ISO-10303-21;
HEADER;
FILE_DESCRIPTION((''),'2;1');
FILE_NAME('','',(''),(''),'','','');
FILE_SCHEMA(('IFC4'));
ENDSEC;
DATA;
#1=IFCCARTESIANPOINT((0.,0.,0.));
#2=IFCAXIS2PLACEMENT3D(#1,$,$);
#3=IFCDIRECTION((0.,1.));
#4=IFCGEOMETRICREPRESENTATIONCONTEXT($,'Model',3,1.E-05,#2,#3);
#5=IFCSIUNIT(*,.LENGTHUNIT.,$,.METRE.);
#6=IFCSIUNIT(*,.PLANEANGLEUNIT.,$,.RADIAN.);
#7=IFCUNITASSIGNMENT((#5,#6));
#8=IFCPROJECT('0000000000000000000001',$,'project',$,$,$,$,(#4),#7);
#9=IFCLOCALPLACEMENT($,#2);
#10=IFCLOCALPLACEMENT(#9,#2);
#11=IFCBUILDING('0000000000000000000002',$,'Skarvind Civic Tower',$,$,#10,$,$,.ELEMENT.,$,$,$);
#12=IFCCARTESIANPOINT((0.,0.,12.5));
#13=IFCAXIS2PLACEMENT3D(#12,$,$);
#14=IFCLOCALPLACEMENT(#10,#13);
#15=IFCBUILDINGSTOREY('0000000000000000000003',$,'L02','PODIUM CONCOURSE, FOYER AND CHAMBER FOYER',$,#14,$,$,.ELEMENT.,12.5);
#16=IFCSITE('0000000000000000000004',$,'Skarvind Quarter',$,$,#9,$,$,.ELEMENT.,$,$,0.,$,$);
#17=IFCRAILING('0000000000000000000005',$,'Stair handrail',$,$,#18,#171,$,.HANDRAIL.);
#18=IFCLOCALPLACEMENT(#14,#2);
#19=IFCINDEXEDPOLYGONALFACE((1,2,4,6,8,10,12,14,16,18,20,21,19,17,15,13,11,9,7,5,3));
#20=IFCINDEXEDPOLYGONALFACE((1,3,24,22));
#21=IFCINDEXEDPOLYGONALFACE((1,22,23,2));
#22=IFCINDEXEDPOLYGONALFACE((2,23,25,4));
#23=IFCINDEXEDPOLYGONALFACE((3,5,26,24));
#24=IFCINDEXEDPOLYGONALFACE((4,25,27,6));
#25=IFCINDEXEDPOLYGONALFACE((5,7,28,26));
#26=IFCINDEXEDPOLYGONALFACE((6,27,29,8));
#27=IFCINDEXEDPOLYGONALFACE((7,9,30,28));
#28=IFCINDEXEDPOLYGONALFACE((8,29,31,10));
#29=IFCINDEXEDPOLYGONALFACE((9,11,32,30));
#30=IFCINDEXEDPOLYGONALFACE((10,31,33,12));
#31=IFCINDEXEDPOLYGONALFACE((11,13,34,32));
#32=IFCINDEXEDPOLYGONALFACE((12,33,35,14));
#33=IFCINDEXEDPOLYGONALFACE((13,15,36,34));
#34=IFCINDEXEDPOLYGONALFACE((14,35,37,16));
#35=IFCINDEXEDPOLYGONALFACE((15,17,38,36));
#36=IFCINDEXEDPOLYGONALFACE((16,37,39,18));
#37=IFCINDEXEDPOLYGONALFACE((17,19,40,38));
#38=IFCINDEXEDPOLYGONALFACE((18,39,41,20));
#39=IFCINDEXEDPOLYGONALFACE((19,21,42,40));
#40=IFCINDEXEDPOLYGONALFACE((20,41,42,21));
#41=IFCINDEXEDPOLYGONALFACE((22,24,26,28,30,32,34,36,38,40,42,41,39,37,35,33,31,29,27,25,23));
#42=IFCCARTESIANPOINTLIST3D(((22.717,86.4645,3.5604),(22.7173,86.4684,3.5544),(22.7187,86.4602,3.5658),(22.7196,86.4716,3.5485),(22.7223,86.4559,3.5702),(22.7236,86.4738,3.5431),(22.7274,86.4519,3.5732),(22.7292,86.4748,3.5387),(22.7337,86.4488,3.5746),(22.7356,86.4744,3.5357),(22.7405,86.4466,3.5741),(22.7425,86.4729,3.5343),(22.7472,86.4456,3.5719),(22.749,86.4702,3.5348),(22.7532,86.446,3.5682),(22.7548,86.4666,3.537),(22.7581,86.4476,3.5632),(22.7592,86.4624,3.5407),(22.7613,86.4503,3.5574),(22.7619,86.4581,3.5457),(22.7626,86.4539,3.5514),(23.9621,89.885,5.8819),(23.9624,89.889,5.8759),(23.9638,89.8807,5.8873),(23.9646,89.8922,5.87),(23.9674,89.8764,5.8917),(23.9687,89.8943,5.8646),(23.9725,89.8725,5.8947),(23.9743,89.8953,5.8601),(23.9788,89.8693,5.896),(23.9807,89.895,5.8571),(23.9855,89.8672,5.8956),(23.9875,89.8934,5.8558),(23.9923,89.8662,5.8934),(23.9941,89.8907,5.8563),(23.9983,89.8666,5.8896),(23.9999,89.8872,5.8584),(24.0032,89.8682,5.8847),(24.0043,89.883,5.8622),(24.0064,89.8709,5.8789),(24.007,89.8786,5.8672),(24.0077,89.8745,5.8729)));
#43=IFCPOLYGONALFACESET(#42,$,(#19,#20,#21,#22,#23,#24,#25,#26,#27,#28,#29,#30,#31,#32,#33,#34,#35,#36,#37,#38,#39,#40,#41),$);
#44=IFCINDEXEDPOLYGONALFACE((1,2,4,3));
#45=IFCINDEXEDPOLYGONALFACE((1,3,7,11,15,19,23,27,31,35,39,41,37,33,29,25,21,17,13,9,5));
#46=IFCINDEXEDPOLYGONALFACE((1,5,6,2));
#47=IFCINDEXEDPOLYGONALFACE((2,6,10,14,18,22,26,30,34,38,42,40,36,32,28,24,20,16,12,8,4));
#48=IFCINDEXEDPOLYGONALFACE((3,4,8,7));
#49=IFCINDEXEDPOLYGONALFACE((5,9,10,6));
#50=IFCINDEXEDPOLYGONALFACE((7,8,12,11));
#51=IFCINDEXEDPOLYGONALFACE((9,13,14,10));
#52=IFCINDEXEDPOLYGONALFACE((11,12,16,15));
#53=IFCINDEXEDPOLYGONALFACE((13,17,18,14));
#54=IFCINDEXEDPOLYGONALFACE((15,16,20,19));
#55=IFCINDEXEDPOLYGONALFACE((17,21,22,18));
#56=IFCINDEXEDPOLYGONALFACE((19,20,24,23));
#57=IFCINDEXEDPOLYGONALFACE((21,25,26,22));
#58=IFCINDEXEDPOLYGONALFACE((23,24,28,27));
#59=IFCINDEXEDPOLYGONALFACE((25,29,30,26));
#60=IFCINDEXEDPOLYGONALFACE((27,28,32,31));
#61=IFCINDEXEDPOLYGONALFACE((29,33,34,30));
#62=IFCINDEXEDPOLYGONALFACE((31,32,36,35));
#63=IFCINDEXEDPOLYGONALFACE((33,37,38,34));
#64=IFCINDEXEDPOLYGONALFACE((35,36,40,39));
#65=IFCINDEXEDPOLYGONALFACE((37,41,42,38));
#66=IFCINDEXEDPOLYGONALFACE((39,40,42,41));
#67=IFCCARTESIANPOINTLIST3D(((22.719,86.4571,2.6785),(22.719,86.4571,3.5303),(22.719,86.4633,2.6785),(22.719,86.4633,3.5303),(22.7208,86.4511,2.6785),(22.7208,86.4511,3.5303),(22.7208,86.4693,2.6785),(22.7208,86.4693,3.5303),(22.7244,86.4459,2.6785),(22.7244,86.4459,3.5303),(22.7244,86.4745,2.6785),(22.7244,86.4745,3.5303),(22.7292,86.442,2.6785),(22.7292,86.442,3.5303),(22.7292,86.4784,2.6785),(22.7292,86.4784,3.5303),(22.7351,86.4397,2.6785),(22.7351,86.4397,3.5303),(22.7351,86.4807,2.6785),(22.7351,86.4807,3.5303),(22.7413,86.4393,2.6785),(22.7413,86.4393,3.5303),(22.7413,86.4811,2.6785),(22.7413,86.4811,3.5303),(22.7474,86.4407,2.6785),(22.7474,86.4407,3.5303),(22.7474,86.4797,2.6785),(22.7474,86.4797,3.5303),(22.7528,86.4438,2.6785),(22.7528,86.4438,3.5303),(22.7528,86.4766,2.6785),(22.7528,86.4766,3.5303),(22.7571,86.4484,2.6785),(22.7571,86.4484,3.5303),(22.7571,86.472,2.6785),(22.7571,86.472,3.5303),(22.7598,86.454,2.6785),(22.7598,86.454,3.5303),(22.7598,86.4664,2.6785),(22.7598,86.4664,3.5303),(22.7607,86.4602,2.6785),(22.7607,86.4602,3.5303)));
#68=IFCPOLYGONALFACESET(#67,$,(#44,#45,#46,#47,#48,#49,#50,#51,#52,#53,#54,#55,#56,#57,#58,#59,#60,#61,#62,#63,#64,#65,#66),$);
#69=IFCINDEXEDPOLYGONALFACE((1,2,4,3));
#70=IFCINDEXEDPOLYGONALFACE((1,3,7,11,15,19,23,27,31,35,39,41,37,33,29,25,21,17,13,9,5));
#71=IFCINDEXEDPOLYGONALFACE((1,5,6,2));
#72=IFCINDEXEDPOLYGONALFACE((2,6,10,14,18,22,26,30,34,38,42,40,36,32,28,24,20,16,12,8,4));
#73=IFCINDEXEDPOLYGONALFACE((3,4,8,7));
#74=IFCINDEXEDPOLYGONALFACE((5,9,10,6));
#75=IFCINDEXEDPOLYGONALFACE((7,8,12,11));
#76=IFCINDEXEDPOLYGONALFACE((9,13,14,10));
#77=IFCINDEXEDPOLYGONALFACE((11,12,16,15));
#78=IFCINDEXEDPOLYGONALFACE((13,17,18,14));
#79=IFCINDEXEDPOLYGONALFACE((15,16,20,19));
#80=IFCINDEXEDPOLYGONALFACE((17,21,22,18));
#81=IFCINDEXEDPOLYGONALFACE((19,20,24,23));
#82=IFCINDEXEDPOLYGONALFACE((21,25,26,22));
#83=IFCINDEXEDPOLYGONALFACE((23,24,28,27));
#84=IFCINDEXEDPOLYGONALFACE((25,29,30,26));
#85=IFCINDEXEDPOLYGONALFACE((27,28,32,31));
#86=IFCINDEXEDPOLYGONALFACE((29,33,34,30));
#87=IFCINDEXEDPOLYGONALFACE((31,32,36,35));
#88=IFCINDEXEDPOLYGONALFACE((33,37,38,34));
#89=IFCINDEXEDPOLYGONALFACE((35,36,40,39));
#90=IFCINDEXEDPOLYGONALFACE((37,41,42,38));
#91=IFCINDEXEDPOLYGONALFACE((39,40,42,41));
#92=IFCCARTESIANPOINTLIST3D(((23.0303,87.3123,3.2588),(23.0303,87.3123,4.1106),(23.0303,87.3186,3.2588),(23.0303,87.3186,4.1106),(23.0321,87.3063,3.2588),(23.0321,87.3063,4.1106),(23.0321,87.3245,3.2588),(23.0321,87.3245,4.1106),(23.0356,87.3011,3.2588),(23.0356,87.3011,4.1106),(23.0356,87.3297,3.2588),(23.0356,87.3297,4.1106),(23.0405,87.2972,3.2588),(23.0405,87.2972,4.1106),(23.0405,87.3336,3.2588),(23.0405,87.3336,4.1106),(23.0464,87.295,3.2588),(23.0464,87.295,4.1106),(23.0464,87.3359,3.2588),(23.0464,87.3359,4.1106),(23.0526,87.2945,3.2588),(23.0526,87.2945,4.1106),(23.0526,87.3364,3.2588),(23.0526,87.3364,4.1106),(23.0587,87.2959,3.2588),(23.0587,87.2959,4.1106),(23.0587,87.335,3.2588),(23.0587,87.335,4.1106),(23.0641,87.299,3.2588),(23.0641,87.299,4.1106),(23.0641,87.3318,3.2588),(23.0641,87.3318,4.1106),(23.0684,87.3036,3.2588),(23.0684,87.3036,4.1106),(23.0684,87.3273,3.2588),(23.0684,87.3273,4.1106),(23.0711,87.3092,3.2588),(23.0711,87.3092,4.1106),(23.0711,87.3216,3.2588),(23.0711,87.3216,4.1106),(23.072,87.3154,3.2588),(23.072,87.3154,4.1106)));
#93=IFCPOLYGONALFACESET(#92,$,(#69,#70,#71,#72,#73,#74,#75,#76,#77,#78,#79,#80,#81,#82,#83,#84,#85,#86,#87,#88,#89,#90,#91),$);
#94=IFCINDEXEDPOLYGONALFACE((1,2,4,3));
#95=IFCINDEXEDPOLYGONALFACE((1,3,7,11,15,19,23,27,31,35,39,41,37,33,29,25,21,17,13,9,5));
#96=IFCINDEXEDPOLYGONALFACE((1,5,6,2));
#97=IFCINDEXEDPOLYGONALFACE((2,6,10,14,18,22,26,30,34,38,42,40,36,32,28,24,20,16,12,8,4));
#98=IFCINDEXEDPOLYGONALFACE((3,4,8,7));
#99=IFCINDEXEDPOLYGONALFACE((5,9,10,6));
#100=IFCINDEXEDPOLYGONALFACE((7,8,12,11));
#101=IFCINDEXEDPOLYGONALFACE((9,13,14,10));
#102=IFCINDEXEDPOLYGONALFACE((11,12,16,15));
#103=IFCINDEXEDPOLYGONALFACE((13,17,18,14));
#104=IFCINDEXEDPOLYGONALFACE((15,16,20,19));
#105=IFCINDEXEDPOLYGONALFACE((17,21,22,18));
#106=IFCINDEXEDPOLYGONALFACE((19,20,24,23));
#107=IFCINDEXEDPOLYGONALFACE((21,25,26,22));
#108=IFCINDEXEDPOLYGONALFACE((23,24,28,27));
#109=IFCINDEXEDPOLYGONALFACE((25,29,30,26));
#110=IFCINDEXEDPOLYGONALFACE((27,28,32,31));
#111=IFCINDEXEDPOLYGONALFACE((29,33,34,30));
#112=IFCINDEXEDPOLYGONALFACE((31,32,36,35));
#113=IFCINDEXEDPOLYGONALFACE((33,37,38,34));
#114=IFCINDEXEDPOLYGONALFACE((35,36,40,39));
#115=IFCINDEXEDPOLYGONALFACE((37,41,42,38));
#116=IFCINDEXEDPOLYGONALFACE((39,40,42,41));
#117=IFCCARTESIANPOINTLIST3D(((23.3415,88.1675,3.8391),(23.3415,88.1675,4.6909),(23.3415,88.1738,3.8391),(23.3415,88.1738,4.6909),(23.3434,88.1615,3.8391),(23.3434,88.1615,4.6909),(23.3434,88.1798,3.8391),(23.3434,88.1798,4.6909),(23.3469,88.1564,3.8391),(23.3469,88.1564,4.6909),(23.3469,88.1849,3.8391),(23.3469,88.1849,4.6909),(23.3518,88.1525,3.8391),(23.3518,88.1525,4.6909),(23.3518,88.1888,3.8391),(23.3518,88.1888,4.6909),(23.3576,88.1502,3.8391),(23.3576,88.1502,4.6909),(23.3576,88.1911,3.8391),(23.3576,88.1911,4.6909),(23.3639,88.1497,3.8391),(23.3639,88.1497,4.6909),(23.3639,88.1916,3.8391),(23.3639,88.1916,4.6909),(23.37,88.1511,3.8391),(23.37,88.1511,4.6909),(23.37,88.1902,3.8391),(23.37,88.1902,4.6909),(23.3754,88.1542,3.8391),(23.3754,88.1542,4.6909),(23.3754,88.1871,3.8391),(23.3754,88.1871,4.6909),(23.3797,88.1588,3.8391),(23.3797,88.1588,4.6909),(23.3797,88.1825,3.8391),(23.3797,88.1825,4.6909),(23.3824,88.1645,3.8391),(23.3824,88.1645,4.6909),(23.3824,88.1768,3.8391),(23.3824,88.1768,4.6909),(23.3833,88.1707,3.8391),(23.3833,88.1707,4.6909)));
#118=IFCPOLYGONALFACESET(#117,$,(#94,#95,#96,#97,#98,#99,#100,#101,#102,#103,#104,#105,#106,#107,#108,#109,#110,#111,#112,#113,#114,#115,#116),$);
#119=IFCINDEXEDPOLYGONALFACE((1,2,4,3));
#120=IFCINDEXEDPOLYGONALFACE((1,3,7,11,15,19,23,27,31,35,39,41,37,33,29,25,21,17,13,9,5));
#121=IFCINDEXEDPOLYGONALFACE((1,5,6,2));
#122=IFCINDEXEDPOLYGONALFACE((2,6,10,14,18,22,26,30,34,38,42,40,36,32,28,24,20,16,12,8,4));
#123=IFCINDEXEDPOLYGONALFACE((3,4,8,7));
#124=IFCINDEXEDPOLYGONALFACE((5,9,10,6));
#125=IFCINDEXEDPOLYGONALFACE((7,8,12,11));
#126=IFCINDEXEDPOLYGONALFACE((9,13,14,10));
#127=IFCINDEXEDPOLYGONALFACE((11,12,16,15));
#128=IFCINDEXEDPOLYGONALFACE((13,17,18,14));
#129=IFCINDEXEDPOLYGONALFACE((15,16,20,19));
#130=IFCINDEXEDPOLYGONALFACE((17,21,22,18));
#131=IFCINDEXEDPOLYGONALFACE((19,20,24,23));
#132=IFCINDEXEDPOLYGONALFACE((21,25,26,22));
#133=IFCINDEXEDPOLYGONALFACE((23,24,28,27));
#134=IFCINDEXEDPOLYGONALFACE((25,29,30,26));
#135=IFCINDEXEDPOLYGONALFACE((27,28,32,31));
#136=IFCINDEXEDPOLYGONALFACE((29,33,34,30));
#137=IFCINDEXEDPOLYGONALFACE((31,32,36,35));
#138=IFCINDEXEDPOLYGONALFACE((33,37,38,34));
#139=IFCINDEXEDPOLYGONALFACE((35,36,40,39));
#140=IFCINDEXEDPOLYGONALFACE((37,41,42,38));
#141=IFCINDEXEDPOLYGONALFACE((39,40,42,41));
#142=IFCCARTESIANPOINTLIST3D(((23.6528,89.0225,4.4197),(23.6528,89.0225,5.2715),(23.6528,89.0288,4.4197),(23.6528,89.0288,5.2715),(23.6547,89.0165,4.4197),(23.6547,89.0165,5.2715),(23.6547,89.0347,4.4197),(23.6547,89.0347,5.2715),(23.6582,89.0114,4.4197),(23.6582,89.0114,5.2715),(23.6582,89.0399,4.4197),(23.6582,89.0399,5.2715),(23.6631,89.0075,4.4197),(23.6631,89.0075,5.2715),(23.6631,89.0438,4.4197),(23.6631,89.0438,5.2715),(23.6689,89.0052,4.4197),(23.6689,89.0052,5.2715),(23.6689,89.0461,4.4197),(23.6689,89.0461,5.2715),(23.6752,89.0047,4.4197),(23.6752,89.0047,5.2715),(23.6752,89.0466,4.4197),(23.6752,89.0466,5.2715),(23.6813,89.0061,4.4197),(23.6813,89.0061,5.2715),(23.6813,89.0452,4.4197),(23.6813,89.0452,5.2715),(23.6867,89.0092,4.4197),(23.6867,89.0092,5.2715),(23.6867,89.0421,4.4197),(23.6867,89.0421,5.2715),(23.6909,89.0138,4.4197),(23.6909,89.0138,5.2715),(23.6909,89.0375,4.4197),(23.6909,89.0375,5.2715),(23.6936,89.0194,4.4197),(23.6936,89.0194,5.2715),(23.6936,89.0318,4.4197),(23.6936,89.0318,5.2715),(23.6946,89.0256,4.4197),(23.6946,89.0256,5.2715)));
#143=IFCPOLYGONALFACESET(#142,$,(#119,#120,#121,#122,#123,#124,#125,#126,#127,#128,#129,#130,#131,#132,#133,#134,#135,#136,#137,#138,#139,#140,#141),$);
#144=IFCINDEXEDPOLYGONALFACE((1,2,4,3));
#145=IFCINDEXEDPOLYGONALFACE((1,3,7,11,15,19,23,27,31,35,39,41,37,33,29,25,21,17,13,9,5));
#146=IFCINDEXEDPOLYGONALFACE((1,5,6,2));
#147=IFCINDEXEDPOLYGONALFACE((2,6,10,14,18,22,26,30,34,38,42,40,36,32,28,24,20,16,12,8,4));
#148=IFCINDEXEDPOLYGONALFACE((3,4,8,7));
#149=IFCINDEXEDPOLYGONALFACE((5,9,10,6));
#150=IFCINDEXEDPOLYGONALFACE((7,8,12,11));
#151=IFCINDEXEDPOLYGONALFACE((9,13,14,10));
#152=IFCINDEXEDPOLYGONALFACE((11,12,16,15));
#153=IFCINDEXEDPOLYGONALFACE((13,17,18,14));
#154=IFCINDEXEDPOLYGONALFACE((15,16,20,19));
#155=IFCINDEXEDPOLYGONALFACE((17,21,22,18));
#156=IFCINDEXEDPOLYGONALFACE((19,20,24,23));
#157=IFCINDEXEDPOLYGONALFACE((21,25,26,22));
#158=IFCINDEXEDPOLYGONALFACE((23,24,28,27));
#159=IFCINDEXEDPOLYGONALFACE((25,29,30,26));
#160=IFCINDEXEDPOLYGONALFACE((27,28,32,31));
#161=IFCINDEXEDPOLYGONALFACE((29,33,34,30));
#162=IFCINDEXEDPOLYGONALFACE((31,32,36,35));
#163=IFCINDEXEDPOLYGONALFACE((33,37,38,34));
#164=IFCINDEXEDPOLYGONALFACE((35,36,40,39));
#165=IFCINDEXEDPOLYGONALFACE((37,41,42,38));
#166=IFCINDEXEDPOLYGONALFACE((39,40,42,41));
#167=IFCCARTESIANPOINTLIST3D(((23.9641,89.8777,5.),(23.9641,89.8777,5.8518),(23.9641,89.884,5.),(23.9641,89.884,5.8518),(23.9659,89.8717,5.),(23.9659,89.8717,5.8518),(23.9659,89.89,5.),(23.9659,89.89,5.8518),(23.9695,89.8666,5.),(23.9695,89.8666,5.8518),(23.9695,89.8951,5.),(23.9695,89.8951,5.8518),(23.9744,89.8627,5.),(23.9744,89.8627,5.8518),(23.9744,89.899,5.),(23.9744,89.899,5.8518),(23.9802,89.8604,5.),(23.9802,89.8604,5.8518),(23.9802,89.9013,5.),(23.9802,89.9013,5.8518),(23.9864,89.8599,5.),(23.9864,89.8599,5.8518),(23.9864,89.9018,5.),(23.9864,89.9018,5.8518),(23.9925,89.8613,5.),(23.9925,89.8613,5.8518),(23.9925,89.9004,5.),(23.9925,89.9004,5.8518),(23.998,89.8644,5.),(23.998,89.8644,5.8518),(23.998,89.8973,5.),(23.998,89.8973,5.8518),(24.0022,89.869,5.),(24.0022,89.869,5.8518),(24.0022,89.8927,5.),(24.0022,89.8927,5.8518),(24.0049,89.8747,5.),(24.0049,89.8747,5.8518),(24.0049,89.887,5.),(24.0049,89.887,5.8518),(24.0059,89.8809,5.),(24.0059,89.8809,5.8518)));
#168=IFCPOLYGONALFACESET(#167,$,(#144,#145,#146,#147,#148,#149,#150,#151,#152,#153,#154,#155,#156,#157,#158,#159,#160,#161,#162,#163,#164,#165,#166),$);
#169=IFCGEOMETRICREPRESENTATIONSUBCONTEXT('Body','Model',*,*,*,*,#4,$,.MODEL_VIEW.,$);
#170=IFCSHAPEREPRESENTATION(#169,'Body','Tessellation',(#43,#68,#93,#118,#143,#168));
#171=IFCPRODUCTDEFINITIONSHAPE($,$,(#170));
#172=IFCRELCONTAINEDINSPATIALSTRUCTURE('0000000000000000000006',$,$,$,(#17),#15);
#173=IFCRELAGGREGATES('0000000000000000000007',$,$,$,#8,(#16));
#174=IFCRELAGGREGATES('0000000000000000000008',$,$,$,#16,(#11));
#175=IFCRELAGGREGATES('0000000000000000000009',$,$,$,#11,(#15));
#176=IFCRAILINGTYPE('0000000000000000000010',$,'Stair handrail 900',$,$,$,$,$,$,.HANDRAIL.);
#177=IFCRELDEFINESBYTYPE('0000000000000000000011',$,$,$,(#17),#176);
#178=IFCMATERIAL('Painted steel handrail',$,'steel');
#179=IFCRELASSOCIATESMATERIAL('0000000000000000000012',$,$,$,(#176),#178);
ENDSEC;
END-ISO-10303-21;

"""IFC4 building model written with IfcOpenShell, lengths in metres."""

from ifc_helpers import new_model, si_unit, direction, frame, origin, origin_2d, place, context, subcontext, project, spatial, circle, extrude, material, type_object, element, save


model = new_model("IFC4")

# Units and contexts
model_context = context("Model", 3, precision=1e-05, world=origin(), true_north=direction((0.0, 1.0)))
body_context = subcontext(model_context, "Body", "Model", "MODEL_VIEW")
ifc_project = project(units=[si_unit("LENGTHUNIT", "METRE"), si_unit("PLANEANGLEUNIT", "RADIAN")], contexts=[model_context])

# Site, building, storey
site_placement = place(None, origin())
site = spatial("IfcSite", under=ifc_project, at=site_placement, Name="Skarvind Quarter", CompositionType="ELEMENT", RefElevation=0.0)
building_placement = place(site_placement, origin())
building = spatial("IfcBuilding", under=site, at=building_placement, Name="Skarvind Civic Tower", CompositionType="ELEMENT")
storey_placement = place(building_placement, frame((0.0, 0.0, 12.5)))
storey = spatial("IfcBuildingStorey", under=building, at=storey_placement, Name="L02", Description="PODIUM CONCOURSE, FOYER AND CHAMBER FOYER", CompositionType="ELEMENT", Elevation=12.5)

# Railing
ifc_material_1 = material(Name="Painted steel handrail", Category="steel")
railing_type = type_object("IfcRailingType", Name="Stair handrail 900", PredefinedType="HANDRAIL", material=ifc_material_1)
railing_placement = place(storey_placement, frame((22.7397, 86.4602, 2.6785)))
element("IfcRailing", 1, at=railing_placement, inside=storey, type_object=railing_type, Name="Stair handrail", PredefinedType="HANDRAIL", context=body_context, shape_type="SweptSolid", body=[
    extrude(circle(Radius=0.0239, at=origin_2d()), frame((0.0, 0.0, 0.876), z_axis=(0.288389, 0.792279, 0.537705), x_axis=(-0.939684, 0.342045, 0.0)), (0.0, 0.0, 1.0), 4.3174),
    extrude(circle(Radius=0.021, at=origin_2d()), origin(), (0.0, 0.0, 1.0), 0.8518),
    extrude(circle(Radius=0.021, at=origin_2d()), frame((0.3113, 0.8552, 0.5803)), (0.0, 0.0, 1.0), 0.8518),
    extrude(circle(Radius=0.021, at=origin_2d()), frame((0.6226, 1.7104, 1.1606)), (0.0, 0.0, 1.0), 0.8518),
    extrude(circle(Radius=0.021, at=origin_2d()), frame((0.9338, 2.5654, 1.7412)), (0.0, 0.0, 1.0), 0.8518),
    extrude(circle(Radius=0.021, at=origin_2d()), frame((1.2451, 3.4207, 2.3215)), (0.0, 0.0, 1.0), 0.8518),
])

save(model, "model.ifc")
